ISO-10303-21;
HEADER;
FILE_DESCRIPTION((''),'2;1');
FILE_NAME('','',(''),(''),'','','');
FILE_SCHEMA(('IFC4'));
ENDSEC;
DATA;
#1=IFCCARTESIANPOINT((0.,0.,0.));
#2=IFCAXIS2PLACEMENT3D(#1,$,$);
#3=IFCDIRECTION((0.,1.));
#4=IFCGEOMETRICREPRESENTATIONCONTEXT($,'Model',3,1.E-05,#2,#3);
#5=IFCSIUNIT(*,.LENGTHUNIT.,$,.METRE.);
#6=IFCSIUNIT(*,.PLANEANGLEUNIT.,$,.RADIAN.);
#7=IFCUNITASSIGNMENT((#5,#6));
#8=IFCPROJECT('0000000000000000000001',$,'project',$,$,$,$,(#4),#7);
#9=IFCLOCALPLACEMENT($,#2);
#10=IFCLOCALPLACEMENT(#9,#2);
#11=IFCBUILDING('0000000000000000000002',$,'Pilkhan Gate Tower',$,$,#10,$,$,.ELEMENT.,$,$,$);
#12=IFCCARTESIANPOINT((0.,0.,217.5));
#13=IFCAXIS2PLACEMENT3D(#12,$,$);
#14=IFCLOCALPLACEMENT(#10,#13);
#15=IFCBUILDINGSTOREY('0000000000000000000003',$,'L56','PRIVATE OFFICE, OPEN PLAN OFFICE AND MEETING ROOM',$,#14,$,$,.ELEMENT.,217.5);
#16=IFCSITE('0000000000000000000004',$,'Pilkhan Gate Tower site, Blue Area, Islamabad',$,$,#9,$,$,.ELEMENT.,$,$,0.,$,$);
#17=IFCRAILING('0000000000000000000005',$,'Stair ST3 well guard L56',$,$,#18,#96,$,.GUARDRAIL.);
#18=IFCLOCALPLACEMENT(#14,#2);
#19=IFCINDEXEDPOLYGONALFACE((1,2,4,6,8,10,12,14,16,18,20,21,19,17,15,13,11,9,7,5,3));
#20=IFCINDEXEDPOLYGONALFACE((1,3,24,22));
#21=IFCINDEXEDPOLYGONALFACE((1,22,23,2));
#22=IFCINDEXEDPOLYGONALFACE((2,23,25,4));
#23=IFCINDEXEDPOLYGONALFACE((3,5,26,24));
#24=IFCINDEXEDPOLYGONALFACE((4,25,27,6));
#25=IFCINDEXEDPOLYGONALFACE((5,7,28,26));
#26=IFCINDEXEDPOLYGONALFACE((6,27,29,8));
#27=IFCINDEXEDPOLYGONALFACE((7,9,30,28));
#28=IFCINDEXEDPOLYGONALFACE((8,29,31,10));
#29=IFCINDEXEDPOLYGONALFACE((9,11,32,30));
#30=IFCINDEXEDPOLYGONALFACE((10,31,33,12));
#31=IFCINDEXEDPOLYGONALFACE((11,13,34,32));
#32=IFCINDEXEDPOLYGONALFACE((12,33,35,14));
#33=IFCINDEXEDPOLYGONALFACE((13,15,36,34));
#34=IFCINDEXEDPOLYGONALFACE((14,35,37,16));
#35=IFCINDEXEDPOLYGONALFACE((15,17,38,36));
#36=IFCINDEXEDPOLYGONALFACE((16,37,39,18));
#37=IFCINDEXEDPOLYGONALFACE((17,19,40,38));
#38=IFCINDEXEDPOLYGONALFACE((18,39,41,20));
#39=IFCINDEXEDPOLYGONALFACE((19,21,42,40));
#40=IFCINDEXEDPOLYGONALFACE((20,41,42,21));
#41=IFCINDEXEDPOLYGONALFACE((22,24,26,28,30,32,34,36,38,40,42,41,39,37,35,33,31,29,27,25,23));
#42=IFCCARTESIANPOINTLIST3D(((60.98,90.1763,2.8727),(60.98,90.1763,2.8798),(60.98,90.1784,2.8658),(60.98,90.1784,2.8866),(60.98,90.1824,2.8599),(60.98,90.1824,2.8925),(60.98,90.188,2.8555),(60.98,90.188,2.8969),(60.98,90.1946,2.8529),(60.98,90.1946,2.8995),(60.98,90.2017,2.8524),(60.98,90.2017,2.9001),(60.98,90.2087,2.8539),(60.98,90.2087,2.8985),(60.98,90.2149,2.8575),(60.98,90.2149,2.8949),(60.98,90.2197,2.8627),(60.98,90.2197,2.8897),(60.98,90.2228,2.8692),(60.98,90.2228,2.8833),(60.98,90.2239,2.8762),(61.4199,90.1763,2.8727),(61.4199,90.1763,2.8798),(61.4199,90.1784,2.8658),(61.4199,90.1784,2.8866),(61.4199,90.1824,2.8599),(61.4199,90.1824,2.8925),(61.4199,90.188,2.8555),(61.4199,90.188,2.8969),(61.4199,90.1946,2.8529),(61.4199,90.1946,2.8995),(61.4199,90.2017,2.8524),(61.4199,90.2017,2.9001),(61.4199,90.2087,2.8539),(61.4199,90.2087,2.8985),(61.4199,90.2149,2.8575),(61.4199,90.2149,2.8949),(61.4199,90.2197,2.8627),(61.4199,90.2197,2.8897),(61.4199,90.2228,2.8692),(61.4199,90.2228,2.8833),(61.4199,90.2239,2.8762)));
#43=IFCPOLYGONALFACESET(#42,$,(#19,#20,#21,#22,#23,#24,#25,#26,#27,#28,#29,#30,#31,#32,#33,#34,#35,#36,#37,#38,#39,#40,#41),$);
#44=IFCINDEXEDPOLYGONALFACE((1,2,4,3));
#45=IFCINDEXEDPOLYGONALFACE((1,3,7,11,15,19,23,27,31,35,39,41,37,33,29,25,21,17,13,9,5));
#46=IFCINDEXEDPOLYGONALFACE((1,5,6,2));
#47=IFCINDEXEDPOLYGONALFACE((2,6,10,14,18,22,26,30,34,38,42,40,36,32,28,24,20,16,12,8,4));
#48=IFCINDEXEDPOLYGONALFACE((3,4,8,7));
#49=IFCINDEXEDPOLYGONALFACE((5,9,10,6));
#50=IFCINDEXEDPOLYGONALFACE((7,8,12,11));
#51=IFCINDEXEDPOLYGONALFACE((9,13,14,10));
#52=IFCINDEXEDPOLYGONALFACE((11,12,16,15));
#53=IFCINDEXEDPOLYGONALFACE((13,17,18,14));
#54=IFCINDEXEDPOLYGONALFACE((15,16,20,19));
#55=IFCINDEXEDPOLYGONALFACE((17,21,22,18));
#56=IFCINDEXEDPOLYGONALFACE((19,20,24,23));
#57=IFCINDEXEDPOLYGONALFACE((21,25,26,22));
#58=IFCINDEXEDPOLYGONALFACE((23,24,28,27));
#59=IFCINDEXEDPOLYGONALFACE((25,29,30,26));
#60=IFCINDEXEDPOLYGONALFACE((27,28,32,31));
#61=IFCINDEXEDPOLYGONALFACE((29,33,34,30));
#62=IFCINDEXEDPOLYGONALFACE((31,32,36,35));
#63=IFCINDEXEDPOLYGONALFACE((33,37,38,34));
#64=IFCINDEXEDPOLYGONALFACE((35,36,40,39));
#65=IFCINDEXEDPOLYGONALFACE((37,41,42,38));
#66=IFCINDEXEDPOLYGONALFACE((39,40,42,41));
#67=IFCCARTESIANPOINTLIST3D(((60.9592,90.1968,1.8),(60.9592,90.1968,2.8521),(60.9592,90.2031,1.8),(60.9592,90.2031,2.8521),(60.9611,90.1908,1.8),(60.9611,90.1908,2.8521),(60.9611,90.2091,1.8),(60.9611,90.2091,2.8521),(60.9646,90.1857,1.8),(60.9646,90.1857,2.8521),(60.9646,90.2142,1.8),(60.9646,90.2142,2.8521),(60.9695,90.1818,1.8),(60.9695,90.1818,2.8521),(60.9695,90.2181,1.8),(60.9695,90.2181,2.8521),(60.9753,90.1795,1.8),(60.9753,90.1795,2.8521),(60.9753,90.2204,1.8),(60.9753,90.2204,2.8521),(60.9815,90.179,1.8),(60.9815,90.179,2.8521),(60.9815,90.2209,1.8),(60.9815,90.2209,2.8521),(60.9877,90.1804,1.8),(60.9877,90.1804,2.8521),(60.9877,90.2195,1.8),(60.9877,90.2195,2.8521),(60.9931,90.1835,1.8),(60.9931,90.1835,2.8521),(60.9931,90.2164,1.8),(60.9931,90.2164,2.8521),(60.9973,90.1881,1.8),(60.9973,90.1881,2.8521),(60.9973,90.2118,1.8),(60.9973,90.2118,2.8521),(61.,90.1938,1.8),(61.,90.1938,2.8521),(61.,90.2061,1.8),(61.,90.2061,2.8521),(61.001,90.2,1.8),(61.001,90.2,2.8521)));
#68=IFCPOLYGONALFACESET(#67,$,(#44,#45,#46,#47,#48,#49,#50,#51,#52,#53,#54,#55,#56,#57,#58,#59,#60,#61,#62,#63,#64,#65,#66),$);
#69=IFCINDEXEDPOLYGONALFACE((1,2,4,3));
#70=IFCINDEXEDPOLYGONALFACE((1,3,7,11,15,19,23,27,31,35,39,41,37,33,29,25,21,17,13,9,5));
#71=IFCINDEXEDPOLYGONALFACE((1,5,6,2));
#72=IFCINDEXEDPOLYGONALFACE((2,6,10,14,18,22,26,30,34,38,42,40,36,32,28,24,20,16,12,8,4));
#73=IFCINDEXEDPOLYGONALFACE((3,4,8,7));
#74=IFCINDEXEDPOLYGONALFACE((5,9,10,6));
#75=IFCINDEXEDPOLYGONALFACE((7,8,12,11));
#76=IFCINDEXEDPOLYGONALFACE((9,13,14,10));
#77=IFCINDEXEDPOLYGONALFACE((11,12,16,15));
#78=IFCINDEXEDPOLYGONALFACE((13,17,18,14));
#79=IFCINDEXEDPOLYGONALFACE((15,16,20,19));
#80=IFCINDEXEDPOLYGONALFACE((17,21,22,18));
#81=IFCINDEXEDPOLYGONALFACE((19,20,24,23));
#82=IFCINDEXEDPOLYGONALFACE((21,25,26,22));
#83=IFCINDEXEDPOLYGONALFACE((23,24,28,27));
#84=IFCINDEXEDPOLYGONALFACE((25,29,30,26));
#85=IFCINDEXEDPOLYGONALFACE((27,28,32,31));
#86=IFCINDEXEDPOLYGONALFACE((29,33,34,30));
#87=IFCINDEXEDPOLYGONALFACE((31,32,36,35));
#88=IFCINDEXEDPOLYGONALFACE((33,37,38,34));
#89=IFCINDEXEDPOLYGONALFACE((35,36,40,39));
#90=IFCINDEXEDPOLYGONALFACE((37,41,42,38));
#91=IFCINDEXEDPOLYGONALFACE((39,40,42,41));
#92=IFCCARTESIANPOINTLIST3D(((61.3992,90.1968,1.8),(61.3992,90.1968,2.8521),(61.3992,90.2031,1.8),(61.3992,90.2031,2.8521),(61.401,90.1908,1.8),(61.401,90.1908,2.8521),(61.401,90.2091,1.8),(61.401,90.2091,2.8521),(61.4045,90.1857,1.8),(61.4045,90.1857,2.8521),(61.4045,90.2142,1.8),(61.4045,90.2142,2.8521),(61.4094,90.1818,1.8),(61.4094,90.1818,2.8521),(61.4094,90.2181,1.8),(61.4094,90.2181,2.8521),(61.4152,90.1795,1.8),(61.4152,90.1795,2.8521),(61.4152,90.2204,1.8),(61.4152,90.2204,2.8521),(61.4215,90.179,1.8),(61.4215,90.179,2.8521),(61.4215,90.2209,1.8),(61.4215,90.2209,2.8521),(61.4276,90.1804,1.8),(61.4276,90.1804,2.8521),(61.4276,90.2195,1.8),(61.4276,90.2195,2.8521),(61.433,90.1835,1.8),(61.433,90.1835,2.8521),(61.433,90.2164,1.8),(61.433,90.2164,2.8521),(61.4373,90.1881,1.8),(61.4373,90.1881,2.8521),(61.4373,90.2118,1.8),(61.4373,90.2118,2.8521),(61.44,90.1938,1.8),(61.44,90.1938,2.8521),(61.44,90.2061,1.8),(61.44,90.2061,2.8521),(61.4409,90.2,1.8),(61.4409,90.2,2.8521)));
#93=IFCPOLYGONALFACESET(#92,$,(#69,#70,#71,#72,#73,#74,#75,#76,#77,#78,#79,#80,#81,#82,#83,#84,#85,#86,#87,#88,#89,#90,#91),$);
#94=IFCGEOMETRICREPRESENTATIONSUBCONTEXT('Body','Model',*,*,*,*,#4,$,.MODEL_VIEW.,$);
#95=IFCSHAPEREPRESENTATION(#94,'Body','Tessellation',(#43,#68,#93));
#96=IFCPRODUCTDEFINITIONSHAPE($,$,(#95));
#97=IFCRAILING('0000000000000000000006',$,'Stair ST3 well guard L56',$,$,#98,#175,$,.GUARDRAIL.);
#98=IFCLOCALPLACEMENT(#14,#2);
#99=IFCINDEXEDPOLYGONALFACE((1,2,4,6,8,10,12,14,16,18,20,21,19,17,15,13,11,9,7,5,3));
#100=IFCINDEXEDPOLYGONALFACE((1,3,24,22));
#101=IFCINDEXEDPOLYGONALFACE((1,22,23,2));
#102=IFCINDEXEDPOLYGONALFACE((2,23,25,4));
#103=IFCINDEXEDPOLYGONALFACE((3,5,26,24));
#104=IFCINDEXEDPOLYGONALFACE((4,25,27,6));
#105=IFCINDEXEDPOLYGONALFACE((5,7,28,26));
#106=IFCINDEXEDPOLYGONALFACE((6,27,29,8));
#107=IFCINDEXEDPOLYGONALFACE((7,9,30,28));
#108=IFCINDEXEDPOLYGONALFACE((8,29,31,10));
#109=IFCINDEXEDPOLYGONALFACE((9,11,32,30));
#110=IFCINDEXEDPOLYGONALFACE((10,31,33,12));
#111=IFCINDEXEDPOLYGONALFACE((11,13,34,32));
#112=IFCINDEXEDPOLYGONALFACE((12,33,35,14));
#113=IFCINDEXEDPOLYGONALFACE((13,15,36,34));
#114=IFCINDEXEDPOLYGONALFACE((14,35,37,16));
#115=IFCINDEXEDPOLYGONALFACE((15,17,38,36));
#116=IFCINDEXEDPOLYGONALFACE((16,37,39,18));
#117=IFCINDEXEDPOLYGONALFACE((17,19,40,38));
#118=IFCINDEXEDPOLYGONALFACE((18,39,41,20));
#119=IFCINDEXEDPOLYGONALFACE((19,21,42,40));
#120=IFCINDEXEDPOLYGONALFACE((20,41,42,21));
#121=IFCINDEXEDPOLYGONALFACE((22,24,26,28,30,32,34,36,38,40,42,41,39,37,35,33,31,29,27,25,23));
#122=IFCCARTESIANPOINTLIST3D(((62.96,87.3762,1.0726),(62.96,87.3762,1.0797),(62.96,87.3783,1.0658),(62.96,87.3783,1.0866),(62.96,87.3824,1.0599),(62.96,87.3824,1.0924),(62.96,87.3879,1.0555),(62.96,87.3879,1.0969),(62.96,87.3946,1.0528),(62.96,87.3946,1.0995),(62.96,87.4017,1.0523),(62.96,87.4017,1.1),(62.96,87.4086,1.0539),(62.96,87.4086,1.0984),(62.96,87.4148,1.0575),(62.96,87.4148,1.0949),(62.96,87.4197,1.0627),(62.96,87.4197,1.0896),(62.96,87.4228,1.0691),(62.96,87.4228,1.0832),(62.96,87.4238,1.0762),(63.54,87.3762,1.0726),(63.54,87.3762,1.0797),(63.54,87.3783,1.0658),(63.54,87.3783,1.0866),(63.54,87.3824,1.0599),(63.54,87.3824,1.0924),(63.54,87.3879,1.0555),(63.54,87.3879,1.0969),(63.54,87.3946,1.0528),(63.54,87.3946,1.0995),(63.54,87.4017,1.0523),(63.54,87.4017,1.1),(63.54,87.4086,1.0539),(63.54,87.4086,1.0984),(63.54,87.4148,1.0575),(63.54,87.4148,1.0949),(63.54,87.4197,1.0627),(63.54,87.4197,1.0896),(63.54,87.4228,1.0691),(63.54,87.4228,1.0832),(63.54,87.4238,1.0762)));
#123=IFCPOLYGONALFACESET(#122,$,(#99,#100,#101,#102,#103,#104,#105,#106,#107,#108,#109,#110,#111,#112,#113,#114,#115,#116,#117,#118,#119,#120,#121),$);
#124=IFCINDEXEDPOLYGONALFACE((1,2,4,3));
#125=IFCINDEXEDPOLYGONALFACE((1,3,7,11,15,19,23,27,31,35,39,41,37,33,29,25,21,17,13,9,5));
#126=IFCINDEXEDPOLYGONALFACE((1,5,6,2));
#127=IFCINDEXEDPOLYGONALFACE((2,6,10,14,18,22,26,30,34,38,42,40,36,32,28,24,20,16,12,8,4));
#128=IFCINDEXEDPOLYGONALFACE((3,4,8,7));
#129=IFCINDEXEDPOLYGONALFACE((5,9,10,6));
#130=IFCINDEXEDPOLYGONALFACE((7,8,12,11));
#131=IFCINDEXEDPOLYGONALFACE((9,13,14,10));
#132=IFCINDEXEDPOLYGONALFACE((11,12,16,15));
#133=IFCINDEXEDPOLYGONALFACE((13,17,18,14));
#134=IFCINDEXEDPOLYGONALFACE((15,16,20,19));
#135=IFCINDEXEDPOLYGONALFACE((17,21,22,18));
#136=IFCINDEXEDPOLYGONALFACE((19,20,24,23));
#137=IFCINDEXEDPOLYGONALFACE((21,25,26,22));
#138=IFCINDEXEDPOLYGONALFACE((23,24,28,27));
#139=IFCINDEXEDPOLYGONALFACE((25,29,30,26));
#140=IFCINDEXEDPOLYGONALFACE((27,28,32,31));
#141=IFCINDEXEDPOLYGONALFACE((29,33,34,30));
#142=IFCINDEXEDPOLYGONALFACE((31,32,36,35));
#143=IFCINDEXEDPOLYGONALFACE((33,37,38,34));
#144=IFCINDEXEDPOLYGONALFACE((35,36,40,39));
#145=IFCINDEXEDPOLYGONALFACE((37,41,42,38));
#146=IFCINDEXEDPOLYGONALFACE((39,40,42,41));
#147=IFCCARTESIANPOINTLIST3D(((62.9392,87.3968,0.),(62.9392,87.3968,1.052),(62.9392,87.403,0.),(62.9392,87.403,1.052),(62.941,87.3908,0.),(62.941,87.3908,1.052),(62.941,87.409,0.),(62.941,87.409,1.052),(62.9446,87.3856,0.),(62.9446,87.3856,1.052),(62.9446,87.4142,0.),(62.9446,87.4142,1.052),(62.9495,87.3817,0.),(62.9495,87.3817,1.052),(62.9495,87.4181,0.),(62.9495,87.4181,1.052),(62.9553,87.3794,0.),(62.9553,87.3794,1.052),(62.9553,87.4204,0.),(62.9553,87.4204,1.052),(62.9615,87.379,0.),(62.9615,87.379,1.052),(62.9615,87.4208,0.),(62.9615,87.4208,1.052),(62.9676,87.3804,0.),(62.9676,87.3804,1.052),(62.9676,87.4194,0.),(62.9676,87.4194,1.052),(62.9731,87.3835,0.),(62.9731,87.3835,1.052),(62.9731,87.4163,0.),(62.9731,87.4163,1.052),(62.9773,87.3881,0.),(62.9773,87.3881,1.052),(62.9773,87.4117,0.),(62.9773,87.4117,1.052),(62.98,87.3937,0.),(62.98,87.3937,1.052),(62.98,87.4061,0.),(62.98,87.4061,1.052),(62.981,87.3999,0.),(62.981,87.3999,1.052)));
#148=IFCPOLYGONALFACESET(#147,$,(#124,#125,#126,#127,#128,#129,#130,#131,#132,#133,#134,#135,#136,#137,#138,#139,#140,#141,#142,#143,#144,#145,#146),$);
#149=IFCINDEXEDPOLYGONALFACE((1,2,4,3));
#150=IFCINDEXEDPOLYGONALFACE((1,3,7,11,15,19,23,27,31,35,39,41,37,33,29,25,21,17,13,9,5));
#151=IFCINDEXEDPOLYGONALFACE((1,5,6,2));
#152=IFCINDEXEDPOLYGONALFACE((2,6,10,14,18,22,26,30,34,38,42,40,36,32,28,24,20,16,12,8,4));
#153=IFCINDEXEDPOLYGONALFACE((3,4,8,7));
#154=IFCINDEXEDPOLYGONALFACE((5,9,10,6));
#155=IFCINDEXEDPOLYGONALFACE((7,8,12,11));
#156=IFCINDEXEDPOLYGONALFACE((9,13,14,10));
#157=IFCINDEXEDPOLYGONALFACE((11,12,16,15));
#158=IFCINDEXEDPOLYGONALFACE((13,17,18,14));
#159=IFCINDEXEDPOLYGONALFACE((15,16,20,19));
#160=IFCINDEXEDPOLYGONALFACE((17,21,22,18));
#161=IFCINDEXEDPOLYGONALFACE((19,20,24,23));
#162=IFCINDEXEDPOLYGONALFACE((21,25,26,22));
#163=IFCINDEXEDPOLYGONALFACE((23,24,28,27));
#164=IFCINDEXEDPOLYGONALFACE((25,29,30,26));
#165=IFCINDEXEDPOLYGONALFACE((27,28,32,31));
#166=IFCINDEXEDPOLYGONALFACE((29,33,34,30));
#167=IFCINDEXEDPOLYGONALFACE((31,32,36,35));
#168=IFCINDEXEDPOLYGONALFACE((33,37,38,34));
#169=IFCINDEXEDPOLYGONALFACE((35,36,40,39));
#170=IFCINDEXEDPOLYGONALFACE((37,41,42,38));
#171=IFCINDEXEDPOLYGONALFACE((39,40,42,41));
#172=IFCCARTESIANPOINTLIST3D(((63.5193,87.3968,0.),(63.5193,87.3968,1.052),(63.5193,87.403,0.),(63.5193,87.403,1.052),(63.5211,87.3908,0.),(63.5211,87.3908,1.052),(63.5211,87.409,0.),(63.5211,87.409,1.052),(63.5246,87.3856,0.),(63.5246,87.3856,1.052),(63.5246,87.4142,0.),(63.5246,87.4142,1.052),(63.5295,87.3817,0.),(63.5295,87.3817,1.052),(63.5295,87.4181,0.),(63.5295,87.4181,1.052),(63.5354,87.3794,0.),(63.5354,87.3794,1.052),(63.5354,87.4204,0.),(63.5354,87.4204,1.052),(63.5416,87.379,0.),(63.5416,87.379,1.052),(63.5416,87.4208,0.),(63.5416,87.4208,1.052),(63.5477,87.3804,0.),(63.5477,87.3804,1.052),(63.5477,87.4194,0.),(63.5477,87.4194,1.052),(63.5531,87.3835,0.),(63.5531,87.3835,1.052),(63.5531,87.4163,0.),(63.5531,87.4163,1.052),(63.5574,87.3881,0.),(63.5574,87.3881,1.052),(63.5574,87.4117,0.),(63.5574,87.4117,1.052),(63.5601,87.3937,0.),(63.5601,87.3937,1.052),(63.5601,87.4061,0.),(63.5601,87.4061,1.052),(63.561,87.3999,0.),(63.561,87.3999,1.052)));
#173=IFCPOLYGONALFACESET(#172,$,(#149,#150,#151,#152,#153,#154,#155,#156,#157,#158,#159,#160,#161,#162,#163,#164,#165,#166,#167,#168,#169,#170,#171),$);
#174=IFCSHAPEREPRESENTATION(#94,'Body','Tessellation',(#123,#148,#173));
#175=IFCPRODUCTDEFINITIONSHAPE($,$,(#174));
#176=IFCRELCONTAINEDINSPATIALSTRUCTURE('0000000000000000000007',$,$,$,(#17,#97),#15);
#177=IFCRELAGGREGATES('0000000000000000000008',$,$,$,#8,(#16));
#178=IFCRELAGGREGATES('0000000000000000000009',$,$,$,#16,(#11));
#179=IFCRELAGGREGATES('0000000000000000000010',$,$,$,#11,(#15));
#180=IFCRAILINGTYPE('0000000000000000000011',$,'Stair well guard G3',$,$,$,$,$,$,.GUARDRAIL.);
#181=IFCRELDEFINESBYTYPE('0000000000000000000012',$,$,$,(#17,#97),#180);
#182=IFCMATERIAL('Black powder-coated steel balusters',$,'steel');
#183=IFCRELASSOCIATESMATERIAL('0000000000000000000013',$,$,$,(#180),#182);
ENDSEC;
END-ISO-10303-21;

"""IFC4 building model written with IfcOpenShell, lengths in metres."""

from ifc_helpers import new_model, si_unit, direction, frame, origin, origin_2d, place, context, subcontext, project, spatial, circle, extrude, material, type_object, element, save


model = new_model("IFC4")

# Units and contexts
model_context = context("Model", 3, precision=1e-05, world=origin(), true_north=direction((0.0, 1.0)))
body_context = subcontext(model_context, "Body", "Model", "MODEL_VIEW")
ifc_project = project(units=[si_unit("LENGTHUNIT", "METRE"), si_unit("PLANEANGLEUNIT", "RADIAN")], contexts=[model_context])

# Site, building, storey
site_placement = place(None, origin())
site = spatial("IfcSite", under=ifc_project, at=site_placement, Name="Pilkhan Gate Tower site, Blue Area, Islamabad", CompositionType="ELEMENT", RefElevation=0.0)
building_placement = place(site_placement, origin())
building = spatial("IfcBuilding", under=site, at=building_placement, Name="Pilkhan Gate Tower", CompositionType="ELEMENT")
storey_placement = place(building_placement, frame((0.0, 0.0, 217.5)))
storey = spatial("IfcBuildingStorey", under=building, at=storey_placement, Name="L56", Description="PRIVATE OFFICE, OPEN PLAN OFFICE AND MEETING ROOM", CompositionType="ELEMENT", Elevation=217.5)

# Railings
ifc_material_1 = material(Name="Black powder-coated steel balusters", Category="steel")
railing_type_1 = type_object("IfcRailingType", Name="Stair well guard G3", PredefinedType="GUARDRAIL", material=ifc_material_1)
railing_1_placement = place(storey_placement, frame((60.98, 90.2, 1.8)))
element("IfcRailing", 1, at=railing_1_placement, inside=storey, type_object=railing_type_1, Name="Stair ST3 well guard L56", PredefinedType="GUARDRAIL", context=body_context, shape_type="SweptSolid", body=[
    extrude(circle(Radius=0.0239, at=origin_2d()), frame((0.0, 0.0, 1.0762), z_axis=(1.0, 0.0, 0.0), x_axis=(0.0, 1.0, 0.0)), (0.0, 0.0, 1.0), 0.4399),
    extrude(circle(Radius=0.021, at=origin_2d()), origin(), (0.0, 0.0, 1.0), 1.052),
    extrude(circle(Radius=0.021, at=origin_2d()), frame((0.4399, 0.0, 0.0)), (0.0, 0.0, 1.0), 1.052),
])
for number, where, name in (
    (2, (62.96, 87.3999, 0.0), "Stair ST3 well guard L56"),
):
    element("IfcRailing", number, at=place(storey_placement, frame(where)), inside=storey, type_object=railing_type_1, Name=name, PredefinedType="GUARDRAIL", context=body_context, shape_type="SweptSolid", body=[
        extrude(circle(Radius=0.0239, at=origin_2d()), frame((0.0, 0.0, 1.0762), z_axis=(1.0, 0.0, 0.0), x_axis=(0.0, 1.0, 0.0)), (0.0, 0.0, 1.0), 0.5801),
        extrude(circle(Radius=0.021, at=origin_2d()), origin(), (0.0, 0.0, 1.0), 1.052),
        extrude(circle(Radius=0.021, at=origin_2d()), frame((0.5801, 0.0, 0.0)), (0.0, 0.0, 1.0), 1.052),
    ])

save(model, "model.ifc")
